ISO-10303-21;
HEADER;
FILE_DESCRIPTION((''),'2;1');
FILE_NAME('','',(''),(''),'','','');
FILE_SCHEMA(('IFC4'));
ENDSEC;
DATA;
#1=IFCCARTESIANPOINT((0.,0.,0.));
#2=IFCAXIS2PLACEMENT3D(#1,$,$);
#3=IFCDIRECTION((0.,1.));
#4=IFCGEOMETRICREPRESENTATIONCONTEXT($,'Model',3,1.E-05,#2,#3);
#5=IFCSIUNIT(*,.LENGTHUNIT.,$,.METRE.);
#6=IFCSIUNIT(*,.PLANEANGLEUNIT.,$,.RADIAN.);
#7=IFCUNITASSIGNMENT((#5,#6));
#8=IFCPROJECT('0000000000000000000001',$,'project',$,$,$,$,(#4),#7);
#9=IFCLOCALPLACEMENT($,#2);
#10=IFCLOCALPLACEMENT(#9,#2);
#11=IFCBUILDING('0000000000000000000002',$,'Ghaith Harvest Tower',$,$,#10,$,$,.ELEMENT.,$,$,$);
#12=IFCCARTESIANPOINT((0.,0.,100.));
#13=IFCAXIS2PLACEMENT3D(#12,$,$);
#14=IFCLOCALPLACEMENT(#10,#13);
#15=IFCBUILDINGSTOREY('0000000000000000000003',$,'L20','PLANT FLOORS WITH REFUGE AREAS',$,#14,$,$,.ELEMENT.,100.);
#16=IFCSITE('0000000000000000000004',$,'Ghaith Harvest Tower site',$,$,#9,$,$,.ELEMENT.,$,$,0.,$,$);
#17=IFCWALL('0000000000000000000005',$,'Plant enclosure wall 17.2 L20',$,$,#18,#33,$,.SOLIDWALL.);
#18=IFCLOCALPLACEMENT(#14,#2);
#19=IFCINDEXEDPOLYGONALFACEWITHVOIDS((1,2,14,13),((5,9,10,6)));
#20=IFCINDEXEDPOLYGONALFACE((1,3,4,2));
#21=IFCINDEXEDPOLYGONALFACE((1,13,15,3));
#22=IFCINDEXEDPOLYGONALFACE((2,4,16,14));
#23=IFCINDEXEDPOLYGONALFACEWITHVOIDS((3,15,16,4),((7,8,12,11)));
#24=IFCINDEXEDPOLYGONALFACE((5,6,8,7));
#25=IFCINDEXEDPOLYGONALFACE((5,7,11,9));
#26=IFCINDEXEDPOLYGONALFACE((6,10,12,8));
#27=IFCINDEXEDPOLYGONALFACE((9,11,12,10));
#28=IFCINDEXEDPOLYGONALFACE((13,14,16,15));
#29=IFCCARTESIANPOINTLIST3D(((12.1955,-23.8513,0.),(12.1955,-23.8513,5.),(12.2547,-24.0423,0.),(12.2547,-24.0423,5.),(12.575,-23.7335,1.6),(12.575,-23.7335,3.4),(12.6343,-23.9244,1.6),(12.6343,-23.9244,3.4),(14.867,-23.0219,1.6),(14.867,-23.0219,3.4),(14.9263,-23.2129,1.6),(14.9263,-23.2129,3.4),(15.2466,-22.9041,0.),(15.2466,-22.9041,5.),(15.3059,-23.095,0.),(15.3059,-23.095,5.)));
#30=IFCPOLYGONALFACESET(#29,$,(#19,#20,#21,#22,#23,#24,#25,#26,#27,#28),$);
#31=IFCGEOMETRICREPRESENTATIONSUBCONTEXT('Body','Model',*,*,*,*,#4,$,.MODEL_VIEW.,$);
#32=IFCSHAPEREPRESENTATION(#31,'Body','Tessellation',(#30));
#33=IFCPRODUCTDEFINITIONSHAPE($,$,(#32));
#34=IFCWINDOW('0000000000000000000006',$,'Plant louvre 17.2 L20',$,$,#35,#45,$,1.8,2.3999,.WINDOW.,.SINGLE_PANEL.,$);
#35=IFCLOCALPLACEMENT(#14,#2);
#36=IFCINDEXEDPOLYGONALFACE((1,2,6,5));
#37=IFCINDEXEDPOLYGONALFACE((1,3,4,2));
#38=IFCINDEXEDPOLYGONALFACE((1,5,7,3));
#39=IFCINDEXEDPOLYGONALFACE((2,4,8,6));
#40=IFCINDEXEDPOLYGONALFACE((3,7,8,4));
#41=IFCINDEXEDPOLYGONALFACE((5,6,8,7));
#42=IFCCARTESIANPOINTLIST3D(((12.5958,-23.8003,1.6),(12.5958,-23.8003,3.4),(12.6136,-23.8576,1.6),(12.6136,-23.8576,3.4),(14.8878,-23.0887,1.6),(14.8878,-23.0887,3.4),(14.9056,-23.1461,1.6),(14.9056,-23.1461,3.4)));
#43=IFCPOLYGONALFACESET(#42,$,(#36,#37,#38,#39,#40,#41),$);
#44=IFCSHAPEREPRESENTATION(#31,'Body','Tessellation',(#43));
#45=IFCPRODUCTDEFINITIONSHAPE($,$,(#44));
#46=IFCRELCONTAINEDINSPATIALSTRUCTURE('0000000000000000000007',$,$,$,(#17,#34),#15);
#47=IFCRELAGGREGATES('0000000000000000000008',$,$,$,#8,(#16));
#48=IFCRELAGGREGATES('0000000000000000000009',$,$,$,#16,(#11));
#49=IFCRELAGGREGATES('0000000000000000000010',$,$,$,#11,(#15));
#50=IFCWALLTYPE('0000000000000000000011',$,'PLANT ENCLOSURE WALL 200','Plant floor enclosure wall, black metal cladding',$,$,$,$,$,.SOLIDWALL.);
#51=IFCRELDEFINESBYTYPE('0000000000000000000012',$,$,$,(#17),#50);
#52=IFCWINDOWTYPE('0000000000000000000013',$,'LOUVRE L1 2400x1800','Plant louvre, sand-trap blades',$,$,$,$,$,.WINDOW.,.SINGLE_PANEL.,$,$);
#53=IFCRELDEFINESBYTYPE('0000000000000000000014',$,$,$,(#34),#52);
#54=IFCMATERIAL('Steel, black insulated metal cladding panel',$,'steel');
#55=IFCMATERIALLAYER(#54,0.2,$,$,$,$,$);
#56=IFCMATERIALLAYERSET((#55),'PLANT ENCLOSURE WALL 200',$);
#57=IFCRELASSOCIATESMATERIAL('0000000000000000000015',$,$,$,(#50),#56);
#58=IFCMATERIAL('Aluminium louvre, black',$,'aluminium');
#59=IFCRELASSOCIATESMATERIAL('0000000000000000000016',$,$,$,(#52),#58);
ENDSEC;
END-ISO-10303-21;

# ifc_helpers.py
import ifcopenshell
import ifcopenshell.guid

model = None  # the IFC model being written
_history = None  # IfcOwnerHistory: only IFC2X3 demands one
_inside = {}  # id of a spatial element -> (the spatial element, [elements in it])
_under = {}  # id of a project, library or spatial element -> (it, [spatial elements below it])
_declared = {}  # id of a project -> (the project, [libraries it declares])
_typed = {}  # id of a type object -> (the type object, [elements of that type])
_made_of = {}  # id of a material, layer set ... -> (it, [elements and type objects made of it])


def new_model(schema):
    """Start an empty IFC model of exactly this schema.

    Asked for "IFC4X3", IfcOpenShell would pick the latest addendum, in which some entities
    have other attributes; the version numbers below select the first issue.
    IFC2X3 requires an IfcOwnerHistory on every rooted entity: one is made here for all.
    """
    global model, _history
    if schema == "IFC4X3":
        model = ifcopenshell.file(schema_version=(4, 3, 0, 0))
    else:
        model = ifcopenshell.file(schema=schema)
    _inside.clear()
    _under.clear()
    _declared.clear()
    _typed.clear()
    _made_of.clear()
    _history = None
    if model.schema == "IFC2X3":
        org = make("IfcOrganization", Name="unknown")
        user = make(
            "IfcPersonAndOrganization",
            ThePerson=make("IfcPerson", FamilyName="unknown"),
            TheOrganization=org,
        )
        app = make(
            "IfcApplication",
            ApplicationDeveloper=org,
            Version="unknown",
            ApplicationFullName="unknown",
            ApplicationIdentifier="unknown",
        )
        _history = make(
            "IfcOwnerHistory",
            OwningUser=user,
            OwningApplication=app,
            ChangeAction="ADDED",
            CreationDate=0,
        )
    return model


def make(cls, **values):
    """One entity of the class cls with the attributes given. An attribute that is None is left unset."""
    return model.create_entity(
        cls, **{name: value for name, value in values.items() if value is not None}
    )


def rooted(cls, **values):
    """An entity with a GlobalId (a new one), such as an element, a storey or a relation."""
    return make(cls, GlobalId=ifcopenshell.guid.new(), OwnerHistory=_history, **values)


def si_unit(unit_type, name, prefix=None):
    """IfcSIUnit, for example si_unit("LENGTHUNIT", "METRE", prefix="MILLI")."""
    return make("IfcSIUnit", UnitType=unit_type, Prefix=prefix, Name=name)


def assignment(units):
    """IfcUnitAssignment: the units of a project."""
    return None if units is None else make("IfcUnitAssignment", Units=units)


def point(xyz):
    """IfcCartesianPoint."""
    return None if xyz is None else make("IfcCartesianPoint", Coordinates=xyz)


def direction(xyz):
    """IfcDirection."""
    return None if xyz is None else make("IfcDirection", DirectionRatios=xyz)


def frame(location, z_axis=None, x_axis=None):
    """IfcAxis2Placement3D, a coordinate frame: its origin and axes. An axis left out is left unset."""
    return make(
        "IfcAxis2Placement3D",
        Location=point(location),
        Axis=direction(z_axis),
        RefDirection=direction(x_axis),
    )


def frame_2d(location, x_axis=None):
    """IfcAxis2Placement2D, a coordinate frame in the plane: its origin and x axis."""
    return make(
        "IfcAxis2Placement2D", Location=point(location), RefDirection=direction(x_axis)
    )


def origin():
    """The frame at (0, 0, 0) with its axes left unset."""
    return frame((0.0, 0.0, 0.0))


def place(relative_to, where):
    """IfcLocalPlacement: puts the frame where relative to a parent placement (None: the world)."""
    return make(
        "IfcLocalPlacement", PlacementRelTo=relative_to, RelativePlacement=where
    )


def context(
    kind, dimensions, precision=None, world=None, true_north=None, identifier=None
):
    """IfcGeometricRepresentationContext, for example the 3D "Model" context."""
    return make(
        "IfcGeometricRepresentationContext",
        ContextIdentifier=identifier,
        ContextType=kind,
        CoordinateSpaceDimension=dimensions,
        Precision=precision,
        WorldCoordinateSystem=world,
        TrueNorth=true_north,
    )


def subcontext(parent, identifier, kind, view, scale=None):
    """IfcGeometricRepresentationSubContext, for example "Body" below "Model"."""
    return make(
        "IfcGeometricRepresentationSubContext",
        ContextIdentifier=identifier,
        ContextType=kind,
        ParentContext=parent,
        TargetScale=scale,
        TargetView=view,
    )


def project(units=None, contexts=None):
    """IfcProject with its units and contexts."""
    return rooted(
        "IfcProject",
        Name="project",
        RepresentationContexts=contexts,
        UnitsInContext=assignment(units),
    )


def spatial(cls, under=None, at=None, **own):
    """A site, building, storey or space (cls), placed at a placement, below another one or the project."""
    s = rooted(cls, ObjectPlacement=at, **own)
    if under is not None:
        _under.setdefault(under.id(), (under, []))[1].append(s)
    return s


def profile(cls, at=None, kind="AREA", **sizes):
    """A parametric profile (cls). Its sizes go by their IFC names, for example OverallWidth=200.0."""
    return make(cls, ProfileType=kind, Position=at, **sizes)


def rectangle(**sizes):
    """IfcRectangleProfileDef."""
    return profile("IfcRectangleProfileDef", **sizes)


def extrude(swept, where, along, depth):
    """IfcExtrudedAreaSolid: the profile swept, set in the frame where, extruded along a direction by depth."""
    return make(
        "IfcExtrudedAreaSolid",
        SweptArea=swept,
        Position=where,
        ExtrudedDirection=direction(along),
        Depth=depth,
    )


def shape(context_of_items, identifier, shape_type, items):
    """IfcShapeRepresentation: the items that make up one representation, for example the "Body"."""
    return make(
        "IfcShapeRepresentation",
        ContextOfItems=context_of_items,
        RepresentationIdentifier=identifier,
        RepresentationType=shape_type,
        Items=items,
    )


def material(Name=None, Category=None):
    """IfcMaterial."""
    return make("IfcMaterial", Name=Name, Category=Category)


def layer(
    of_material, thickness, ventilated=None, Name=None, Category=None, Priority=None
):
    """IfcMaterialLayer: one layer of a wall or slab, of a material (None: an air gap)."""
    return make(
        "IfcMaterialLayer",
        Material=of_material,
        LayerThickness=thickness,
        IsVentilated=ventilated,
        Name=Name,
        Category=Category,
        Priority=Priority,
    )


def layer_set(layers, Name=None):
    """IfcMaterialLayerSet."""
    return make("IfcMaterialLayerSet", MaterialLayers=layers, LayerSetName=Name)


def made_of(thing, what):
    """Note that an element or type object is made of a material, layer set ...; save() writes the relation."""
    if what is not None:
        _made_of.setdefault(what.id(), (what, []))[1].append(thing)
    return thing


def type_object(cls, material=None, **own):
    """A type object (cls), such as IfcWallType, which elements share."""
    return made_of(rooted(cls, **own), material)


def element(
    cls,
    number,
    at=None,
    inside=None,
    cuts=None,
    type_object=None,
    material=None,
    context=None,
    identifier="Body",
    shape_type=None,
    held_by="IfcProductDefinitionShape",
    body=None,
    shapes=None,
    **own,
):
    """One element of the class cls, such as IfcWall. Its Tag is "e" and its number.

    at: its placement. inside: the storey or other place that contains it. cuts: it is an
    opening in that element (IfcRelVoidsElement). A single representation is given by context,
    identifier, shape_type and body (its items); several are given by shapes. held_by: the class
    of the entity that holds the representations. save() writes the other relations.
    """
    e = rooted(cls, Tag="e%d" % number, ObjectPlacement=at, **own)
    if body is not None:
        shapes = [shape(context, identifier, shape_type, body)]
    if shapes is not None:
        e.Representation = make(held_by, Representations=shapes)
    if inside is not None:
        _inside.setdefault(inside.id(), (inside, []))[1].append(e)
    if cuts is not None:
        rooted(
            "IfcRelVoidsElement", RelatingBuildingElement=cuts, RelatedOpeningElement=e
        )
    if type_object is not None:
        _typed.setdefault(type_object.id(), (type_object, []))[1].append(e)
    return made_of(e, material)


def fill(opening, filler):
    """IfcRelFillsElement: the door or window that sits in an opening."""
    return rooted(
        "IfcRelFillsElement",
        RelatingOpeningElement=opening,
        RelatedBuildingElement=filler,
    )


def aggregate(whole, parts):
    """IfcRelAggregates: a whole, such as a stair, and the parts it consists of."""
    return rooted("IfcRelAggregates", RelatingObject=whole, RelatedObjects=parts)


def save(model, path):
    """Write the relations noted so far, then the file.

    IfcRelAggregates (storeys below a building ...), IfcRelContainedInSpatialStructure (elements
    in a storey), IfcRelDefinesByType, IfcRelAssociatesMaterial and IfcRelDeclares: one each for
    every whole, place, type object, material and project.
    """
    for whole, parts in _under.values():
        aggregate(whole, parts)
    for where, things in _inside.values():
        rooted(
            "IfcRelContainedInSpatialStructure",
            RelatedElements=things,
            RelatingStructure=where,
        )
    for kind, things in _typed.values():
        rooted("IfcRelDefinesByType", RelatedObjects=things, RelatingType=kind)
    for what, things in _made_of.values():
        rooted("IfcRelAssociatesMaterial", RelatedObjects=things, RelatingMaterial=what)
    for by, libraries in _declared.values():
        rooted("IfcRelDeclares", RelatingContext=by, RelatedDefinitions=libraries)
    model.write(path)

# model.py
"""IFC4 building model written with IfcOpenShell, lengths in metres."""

from ifc_helpers import new_model, si_unit, direction, frame, frame_2d, origin, place, context, subcontext, project, spatial, rectangle, extrude, material, layer, layer_set, type_object, element, fill, save


model = new_model("IFC4")

# Units and contexts
model_context = context("Model", 3, precision=1e-05, world=origin(), true_north=direction((0.0, 1.0)))
body_context = subcontext(model_context, "Body", "Model", "MODEL_VIEW")
ifc_project = project(units=[si_unit("LENGTHUNIT", "METRE"), si_unit("PLANEANGLEUNIT", "RADIAN")], contexts=[model_context])

# Site, building, storey
site_placement = place(None, origin())
site = spatial("IfcSite", under=ifc_project, at=site_placement, Name="Ghaith Harvest Tower site", CompositionType="ELEMENT", RefElevation=0.0)
building_placement = place(site_placement, origin())
building = spatial("IfcBuilding", under=site, at=building_placement, Name="Ghaith Harvest Tower", CompositionType="ELEMENT")
storey_placement = place(building_placement, frame((0.0, 0.0, 100.0)))
storey = spatial("IfcBuildingStorey", under=building, at=storey_placement, Name="L20", Description="PLANT FLOORS WITH REFUGE AREAS", CompositionType="ELEMENT", Elevation=100.0)

# Wall, opening, window
ifc_material_1 = material(Name="Steel, black insulated metal cladding panel", Category="steel")
ifc_layer_1 = layer(ifc_material_1, 0.2)
ifc_layer_set_1 = layer_set([ifc_layer_1], Name="PLANT ENCLOSURE WALL 200")
wall_type_1 = type_object("IfcWallType", Name="PLANT ENCLOSURE WALL 200", Description="Plant floor enclosure wall, black metal cladding", PredefinedType="SOLIDWALL", material=ifc_layer_set_1)
ifc_material_2 = material(Name="Aluminium louvre, black", Category="aluminium")
window_type = type_object("IfcWindowType", Name="LOUVRE L1 2400x1800", Description="Plant louvre, sand-trap blades", PartitioningType="SINGLE_PANEL", PredefinedType="WINDOW", material=ifc_material_2)
wall_1_placement = place(storey_placement, frame((12.2251, -23.9468, 0.0), z_axis=(0.0, 0.0, 1.0), x_axis=(0.955036, 0.296491, 0.0)))
wall_1 = element("IfcWall", 1, at=wall_1_placement, inside=storey, type_object=wall_type_1, Name="Plant enclosure wall 17.2 L20", PredefinedType="SOLIDWALL", context=body_context, shape_type="SweptSolid", body=[
    extrude(rectangle(XDim=3.1948, YDim=0.2, at=frame_2d((1.5974, 0.0))), origin(), (0.0, 0.0, 1.0), 5.0),
])
opening_1_placement = place(wall_1_placement, frame((0.3975, 0.0, 1.6001)))
opening_1 = element("IfcOpeningElement", 2, at=opening_1_placement, cuts=wall_1, PredefinedType="OPENING", context=body_context, shape_type="SweptSolid", body=[
    extrude(rectangle(XDim=2.3999, YDim=1.8, at=frame_2d((1.2, 0.8999))), frame((0.0, 0.1099, 0.0), z_axis=(0.0, -1.0, 0.0), x_axis=(1.0, 0.0, 0.0)), (0.0, 0.0, 1.0), 0.22),
])
window_1_placement = place(opening_1_placement, origin())
window_1 = element("IfcWindow", 3, at=window_1_placement, inside=storey, type_object=window_type, Name="Plant louvre 17.2 L20", OverallHeight=1.8, OverallWidth=2.3999, PartitioningType="SINGLE_PANEL", PredefinedType="WINDOW", context=body_context, shape_type="SweptSolid", body=[
    extrude(rectangle(XDim=2.3999, YDim=1.8, at=frame_2d((1.2, 0.8999))), frame((0.0, 0.03, 0.0), z_axis=(0.0, -1.0, 0.0), x_axis=(1.0, 0.0, 0.0)), (0.0, 0.0, 1.0), 0.0601),
])
fill(opening_1, window_1)

save(model, "model.ifc")
